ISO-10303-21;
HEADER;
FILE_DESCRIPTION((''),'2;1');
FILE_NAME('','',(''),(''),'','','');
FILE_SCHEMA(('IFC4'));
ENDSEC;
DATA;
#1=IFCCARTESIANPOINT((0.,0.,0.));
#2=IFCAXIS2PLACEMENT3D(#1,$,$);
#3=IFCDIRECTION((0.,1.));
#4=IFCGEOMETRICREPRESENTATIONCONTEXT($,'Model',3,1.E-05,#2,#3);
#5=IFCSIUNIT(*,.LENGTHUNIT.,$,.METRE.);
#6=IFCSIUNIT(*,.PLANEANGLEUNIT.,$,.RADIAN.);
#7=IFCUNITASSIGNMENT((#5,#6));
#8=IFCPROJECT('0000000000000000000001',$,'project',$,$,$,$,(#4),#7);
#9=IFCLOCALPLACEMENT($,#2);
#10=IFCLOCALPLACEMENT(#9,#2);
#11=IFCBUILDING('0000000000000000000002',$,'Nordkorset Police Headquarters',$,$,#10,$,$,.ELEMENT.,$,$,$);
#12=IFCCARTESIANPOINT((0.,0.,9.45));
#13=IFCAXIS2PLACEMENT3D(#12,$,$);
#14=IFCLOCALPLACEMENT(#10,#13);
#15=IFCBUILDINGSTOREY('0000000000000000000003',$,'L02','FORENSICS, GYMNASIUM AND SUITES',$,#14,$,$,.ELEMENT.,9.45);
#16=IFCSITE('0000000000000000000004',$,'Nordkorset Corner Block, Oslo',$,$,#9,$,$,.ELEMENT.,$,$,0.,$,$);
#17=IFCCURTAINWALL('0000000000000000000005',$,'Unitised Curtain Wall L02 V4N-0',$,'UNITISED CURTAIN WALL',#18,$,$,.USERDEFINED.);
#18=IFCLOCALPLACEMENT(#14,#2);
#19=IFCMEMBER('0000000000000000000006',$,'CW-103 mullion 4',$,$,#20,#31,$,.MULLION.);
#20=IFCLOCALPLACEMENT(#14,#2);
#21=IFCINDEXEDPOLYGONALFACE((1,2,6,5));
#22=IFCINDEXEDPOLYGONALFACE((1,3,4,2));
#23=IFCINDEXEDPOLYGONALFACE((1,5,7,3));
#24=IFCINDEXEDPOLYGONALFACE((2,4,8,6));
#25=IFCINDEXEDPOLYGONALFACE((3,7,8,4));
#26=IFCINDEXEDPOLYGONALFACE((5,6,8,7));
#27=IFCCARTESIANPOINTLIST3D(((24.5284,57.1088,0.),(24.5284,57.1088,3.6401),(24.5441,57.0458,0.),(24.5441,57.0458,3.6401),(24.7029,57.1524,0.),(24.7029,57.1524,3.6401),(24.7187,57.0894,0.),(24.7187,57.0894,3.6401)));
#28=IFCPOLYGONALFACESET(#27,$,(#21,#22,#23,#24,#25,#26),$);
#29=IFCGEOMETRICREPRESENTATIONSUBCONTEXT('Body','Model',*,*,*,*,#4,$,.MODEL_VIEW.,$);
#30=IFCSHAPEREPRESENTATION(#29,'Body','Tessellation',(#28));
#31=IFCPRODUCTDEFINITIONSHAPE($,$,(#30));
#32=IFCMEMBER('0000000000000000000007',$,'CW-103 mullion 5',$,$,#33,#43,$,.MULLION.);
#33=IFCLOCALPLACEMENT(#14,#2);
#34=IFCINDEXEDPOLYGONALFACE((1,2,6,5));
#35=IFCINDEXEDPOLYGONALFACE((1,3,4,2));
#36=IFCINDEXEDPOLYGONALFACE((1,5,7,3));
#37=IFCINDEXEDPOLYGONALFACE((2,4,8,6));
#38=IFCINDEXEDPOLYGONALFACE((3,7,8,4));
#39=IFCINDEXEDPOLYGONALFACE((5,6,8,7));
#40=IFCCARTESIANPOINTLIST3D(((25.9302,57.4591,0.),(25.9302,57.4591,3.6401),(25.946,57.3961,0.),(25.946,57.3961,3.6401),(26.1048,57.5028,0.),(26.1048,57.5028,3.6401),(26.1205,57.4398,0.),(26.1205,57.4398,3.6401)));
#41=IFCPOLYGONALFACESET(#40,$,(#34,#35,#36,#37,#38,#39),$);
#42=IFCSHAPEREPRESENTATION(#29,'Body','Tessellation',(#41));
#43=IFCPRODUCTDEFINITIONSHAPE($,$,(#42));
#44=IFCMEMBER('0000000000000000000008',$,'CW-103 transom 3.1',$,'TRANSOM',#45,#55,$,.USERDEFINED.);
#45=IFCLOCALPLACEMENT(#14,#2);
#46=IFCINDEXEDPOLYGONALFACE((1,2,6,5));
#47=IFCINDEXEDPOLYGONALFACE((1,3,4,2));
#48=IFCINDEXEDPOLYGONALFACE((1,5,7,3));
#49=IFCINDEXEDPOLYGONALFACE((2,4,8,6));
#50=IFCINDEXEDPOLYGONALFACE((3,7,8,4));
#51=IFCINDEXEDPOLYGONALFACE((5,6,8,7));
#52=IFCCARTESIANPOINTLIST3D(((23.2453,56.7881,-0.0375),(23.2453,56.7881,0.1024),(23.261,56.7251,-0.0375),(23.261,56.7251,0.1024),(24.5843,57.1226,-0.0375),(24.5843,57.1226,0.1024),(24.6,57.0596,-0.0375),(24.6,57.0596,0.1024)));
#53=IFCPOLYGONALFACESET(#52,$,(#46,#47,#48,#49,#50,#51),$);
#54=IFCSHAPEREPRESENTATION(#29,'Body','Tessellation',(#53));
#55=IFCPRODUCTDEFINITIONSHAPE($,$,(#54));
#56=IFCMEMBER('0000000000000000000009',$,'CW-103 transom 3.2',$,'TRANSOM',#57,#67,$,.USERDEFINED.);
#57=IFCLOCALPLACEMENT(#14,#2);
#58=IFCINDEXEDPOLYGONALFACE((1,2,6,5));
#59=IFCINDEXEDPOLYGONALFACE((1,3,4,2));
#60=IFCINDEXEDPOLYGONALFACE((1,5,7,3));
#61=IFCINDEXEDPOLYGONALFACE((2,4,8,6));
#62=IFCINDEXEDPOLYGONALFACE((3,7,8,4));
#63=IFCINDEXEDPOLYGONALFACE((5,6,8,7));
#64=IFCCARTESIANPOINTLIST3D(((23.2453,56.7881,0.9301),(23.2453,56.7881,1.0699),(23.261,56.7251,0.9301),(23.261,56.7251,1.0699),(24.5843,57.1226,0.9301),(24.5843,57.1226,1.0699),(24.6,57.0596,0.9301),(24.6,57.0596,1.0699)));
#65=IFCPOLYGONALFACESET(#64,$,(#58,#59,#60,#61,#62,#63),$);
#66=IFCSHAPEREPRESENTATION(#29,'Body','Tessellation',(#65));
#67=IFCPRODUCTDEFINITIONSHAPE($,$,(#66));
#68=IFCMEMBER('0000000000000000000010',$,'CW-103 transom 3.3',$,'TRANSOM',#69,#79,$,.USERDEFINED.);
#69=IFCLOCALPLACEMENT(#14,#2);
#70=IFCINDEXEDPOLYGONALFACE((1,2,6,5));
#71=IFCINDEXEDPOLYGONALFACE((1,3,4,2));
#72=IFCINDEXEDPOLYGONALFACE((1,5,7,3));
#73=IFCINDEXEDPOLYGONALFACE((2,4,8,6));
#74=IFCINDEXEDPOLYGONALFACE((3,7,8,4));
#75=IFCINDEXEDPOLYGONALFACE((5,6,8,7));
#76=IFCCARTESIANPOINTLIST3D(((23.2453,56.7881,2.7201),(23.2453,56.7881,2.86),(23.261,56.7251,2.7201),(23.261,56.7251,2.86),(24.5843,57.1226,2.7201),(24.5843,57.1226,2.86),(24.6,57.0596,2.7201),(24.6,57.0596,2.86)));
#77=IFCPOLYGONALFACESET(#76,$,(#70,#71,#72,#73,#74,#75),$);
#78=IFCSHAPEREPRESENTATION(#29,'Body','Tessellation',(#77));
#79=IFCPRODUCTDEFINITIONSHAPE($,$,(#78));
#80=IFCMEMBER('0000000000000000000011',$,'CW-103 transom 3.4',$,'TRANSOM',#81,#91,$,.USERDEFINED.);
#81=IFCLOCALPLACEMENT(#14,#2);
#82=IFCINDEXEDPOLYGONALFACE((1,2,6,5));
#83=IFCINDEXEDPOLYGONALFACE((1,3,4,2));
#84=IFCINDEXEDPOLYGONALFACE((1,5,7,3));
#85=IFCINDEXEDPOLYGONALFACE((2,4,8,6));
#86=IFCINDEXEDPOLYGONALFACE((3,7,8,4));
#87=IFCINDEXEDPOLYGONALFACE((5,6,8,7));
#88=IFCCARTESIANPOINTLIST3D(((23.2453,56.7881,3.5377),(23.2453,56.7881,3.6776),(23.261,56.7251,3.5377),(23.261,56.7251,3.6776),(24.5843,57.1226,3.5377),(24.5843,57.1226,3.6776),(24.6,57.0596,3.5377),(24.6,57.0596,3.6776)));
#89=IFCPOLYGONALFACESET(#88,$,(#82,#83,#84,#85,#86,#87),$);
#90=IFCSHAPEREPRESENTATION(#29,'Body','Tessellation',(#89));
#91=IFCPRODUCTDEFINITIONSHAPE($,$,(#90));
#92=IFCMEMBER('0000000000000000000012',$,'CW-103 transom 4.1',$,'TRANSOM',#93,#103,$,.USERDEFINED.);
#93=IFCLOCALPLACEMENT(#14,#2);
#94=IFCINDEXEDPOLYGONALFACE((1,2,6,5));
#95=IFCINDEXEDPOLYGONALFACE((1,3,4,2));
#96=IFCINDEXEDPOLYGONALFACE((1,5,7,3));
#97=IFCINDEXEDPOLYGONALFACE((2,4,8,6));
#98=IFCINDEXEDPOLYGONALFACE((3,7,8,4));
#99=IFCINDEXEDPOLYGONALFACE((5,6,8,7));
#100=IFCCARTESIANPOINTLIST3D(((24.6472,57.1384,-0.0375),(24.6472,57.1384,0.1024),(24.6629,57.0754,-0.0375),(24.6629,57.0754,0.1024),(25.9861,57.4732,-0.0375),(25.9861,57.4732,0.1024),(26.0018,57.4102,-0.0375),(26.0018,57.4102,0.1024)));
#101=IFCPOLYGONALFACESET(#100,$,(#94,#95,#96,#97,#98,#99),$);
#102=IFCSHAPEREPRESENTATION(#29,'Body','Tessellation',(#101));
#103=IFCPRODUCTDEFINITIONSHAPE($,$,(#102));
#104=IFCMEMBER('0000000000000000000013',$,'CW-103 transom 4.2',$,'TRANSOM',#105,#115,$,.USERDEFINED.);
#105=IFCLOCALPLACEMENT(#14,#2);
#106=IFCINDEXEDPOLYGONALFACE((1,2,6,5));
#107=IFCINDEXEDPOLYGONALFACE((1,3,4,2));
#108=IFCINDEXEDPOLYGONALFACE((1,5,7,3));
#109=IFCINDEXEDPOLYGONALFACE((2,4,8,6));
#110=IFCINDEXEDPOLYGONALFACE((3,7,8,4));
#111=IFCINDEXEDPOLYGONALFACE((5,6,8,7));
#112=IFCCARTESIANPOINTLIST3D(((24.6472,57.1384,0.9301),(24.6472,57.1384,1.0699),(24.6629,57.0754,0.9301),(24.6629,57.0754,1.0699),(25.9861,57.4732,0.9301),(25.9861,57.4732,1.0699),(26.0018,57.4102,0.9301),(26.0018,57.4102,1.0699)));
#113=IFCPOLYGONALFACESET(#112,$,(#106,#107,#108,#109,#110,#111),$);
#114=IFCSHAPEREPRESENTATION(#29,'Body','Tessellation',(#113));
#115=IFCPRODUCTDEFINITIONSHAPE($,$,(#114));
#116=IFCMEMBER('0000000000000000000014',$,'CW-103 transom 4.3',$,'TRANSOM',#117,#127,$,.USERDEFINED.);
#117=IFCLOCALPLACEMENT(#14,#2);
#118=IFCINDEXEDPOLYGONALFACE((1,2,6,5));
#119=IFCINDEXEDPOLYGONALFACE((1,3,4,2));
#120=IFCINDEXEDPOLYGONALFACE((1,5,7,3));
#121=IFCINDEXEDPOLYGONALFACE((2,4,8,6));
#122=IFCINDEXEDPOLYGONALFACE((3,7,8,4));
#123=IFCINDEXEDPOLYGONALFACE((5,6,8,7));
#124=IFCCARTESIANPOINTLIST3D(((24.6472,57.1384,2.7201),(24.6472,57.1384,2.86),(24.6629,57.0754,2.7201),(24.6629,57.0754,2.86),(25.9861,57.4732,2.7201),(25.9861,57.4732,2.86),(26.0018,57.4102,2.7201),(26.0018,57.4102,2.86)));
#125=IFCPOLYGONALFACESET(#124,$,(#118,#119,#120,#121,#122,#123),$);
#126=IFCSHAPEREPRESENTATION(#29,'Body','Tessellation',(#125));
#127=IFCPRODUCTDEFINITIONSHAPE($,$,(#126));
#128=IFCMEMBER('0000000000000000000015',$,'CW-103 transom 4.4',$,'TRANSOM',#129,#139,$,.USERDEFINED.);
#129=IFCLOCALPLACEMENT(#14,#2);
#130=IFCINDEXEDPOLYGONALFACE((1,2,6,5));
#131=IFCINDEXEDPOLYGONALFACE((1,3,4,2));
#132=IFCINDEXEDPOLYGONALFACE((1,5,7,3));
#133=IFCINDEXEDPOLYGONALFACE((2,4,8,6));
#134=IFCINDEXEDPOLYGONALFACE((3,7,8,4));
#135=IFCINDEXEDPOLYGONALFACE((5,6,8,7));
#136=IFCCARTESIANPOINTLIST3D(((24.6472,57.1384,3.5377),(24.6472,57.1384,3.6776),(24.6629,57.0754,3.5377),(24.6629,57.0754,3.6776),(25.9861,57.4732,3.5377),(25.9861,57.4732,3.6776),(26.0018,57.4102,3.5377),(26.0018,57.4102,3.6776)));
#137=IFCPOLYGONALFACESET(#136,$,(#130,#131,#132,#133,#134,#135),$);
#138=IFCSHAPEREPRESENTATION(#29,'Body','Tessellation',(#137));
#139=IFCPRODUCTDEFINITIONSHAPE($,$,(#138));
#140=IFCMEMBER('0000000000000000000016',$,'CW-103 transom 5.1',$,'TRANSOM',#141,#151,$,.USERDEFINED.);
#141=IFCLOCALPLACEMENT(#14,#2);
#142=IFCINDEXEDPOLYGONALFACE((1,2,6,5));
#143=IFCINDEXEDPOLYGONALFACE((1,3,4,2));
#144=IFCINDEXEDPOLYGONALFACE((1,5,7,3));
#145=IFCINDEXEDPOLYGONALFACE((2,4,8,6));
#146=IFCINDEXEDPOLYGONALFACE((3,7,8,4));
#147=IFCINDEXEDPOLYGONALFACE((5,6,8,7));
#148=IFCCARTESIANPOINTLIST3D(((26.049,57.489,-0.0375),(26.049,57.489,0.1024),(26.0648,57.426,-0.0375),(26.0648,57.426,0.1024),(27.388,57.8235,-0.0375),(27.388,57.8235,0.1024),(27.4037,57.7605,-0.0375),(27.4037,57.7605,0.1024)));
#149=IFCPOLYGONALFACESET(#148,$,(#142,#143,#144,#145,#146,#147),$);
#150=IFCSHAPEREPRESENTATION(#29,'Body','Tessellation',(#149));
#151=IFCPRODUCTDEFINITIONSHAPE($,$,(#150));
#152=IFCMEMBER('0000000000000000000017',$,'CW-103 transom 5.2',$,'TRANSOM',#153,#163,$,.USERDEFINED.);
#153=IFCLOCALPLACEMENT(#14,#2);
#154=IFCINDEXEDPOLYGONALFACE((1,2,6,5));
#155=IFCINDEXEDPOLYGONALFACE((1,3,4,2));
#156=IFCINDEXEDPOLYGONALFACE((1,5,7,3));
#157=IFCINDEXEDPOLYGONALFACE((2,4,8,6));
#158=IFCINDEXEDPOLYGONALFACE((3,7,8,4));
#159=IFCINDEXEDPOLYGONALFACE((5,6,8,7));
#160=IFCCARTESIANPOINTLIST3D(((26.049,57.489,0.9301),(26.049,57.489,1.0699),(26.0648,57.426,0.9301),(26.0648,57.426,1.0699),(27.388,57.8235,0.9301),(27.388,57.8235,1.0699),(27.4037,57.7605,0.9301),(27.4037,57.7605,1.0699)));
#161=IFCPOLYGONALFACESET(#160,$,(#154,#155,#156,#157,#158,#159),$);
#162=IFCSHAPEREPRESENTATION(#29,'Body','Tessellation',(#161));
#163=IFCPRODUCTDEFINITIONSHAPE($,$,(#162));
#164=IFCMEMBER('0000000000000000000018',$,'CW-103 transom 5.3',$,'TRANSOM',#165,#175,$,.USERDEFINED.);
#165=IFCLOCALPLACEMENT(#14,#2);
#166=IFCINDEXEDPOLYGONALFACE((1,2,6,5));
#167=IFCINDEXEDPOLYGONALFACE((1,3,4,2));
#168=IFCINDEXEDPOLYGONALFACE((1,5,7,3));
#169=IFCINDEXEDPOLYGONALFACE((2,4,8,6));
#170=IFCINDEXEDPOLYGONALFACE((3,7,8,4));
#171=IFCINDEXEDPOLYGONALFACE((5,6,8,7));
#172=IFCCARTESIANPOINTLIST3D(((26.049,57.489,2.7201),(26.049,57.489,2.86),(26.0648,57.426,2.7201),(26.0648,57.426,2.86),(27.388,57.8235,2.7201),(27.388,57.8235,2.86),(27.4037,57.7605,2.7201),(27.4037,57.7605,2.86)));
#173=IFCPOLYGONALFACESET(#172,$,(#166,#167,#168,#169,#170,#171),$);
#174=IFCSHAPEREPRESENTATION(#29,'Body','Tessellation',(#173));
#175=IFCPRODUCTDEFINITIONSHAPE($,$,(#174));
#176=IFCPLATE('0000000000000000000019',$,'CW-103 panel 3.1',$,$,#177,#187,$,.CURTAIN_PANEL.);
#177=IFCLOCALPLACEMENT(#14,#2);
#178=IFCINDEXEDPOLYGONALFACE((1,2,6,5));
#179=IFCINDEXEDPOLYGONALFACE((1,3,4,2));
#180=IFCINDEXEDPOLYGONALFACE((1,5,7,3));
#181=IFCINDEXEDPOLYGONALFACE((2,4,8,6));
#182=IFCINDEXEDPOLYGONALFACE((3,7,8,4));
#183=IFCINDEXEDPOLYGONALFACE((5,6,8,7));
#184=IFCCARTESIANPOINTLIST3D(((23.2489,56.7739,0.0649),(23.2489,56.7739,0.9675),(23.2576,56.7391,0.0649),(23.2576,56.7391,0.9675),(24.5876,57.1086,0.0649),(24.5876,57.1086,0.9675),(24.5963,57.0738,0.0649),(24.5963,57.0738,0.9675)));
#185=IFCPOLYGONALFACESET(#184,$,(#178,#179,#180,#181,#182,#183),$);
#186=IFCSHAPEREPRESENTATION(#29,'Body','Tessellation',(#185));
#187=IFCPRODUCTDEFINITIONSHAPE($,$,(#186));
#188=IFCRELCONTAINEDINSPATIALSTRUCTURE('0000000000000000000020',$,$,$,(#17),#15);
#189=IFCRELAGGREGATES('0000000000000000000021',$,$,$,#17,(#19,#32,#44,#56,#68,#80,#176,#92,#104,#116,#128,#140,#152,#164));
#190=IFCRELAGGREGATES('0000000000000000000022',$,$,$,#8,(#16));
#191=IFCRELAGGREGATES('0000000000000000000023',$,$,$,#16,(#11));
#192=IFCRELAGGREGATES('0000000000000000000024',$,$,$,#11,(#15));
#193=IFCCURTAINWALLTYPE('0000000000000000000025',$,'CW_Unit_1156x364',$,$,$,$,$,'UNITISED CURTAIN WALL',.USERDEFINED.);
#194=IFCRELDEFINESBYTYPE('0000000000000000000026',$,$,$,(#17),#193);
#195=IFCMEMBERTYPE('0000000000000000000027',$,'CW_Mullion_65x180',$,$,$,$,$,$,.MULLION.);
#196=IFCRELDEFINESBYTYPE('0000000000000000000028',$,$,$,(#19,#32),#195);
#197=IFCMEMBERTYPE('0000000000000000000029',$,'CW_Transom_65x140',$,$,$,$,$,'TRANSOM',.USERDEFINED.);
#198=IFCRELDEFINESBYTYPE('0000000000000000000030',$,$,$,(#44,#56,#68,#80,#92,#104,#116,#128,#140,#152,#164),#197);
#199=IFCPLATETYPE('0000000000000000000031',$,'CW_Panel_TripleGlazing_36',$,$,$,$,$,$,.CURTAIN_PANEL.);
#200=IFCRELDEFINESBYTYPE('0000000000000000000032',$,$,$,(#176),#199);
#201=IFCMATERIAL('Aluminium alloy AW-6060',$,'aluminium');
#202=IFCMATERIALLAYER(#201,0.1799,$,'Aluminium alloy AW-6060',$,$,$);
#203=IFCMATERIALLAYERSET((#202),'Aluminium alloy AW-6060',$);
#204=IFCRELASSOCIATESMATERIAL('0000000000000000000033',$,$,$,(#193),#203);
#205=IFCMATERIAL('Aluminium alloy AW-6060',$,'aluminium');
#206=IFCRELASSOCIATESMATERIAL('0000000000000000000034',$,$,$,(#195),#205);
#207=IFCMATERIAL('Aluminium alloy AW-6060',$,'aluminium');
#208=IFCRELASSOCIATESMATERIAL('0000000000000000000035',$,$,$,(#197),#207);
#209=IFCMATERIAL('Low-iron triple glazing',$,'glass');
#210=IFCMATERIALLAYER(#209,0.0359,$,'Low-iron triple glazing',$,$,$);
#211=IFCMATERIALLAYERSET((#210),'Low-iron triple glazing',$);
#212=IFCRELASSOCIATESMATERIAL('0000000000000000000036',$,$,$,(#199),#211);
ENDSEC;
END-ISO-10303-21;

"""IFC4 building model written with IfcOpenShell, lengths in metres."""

from ifc_helpers import new_model, si_unit, direction, frame, origin, origin_2d, place, context, subcontext, project, spatial, rectangle, extrude, material, layer, layer_set, material_profile, profile_set, type_object, element, aggregate, save


model = new_model("IFC4")

# Units and contexts
model_context = context("Model", 3, precision=1e-05, world=origin(), true_north=direction((0.0, 1.0)))
body_context = subcontext(model_context, "Body", "Model", "MODEL_VIEW")
ifc_project = project(units=[si_unit("LENGTHUNIT", "METRE"), si_unit("PLANEANGLEUNIT", "RADIAN")], contexts=[model_context])

# Site, building, storey
site_placement = place(None, origin())
site = spatial("IfcSite", under=ifc_project, at=site_placement, Name="Nordkorset Corner Block, Oslo", CompositionType="ELEMENT", RefElevation=0.0)
building_placement = place(site_placement, origin())
building = spatial("IfcBuilding", under=site, at=building_placement, Name="Nordkorset Police Headquarters", CompositionType="ELEMENT")
storey_placement = place(building_placement, frame((0.0, 0.0, 9.45)))
storey = spatial("IfcBuildingStorey", under=building, at=storey_placement, Name="L02", Description="FORENSICS, GYMNASIUM AND SUITES", CompositionType="ELEMENT", Elevation=9.45)

# Curtain wall, members, plate
ifc_material_1 = material(Name="Aluminium alloy AW-6060", Category="aluminium")
ifc_layer_1 = layer(ifc_material_1, 0.1799, Name="Aluminium alloy AW-6060")
ifc_layer_set_1 = layer_set([ifc_layer_1], Name="Aluminium alloy AW-6060")
curtain_wall_type = type_object("IfcCurtainWallType", Name="CW_Unit_1156x364", ElementType="UNITISED CURTAIN WALL", PredefinedType="USERDEFINED", material=ifc_layer_set_1)
curtain_wall_placement = place(storey_placement, origin())
curtain_wall = element("IfcCurtainWall", 1, at=curtain_wall_placement, inside=storey, type_object=curtain_wall_type, Name="Unitised Curtain Wall L02 V4N-0", ObjectType="UNITISED CURTAIN WALL", PredefinedType="USERDEFINED")
ifc_material_2 = material(Name="Aluminium alloy AW-6060", Category="aluminium")
ifc_material_profile_1 = material_profile(ifc_material_2, rectangle(XDim=0.0649, YDim=0.1799, at=origin_2d()), Name="ALU MULL 65x180")
ifc_profile_set_1 = profile_set([ifc_material_profile_1], Name="Aluminium alloy AW-6060")
member_type_1 = type_object("IfcMemberType", Name="CW_Mullion_65x180", PredefinedType="MULLION", material=ifc_profile_set_1)
member_1_placement = place(storey_placement, frame((24.6235, 57.0991, 0.0), z_axis=(0.0, 0.0, 1.0), x_axis=(-0.242536, 0.970142, 0.0)))
member_1 = element("IfcMember", 2, at=member_1_placement, type_object=member_type_1, Name="CW-103 mullion 4", PredefinedType="MULLION", context=body_context, shape_type="SweptSolid", body=[
    extrude(rectangle(XDim=0.0649, YDim=0.1799, at=origin_2d()), origin(), (0.0, 0.0, 1.0), 3.6401),
])
member_2_placement = place(storey_placement, frame((26.0254, 57.4495, 0.0), z_axis=(0.0, 0.0, 1.0), x_axis=(-0.242536, 0.970142, 0.0)))
member_2 = element("IfcMember", 3, at=member_2_placement, type_object=member_type_1, Name="CW-103 mullion 5", PredefinedType="MULLION", context=body_context, shape_type="SweptSolid", body=[
    extrude(rectangle(XDim=0.0649, YDim=0.1799, at=origin_2d()), origin(), (0.0, 0.0, 1.0), 3.6401),
])
ifc_material_3 = material(Name="Aluminium alloy AW-6060", Category="aluminium")
ifc_material_profile_2 = material_profile(ifc_material_3, rectangle(XDim=0.0649, YDim=0.1399, at=origin_2d()), Name="ALU TRAN 65x140")
ifc_profile_set_2 = profile_set([ifc_material_profile_2], Name="Aluminium alloy AW-6060")
member_type_2 = type_object("IfcMemberType", Name="CW_Transom_65x140", ElementType="TRANSOM", PredefinedType="USERDEFINED", material=ifc_profile_set_2)
member_3_placement = place(storey_placement, frame((23.2532, 56.7566, 0.0325), z_axis=(0.970184, 0.242369, 0.0), x_axis=(-0.242369, 0.970184, 0.0)))
member_3 = element("IfcMember", 4, at=member_3_placement, type_object=member_type_2, Name="CW-103 transom 3.1", ObjectType="TRANSOM", PredefinedType="USERDEFINED", context=body_context, shape_type="SweptSolid", body=[
    extrude(rectangle(XDim=0.0649, YDim=0.1399, at=origin_2d()), origin(), (0.0, 0.0, 1.0), 1.3801),
])
member_4_placement = place(storey_placement, frame((23.2532, 56.7566, 1.0), z_axis=(0.970184, 0.242369, 0.0), x_axis=(-0.242369, 0.970184, 0.0)))
member_4 = element("IfcMember", 5, at=member_4_placement, type_object=member_type_2, Name="CW-103 transom 3.2", ObjectType="TRANSOM", PredefinedType="USERDEFINED", context=body_context, shape_type="SweptSolid", body=[
    extrude(rectangle(XDim=0.0649, YDim=0.1399, at=origin_2d()), origin(), (0.0, 0.0, 1.0), 1.3801),
])
member_5_placement = place(storey_placement, frame((23.2532, 56.7566, 2.79), z_axis=(0.970184, 0.242369, 0.0), x_axis=(-0.242369, 0.970184, 0.0)))
member_5 = element("IfcMember", 6, at=member_5_placement, type_object=member_type_2, Name="CW-103 transom 3.3", ObjectType="TRANSOM", PredefinedType="USERDEFINED", context=body_context, shape_type="SweptSolid", body=[
    extrude(rectangle(XDim=0.0649, YDim=0.1399, at=origin_2d()), origin(), (0.0, 0.0, 1.0), 1.3801),
])
member_6_placement = place(storey_placement, frame((23.2532, 56.7566, 3.6077), z_axis=(0.970184, 0.242369, 0.0), x_axis=(-0.242369, 0.970184, 0.0)))
member_6 = element("IfcMember", 7, at=member_6_placement, type_object=member_type_2, Name="CW-103 transom 3.4", ObjectType="TRANSOM", PredefinedType="USERDEFINED", context=body_context, shape_type="SweptSolid", body=[
    extrude(rectangle(XDim=0.0649, YDim=0.1399, at=origin_2d()), origin(), (0.0, 0.0, 1.0), 1.3801),
])
member_7_placement = place(storey_placement, frame((24.655, 57.1069, 0.0325), z_axis=(0.970143, 0.242536, 0.0), x_axis=(-0.242536, 0.970143, 0.0)))
member_7 = element("IfcMember", 8, at=member_7_placement, type_object=member_type_2, Name="CW-103 transom 4.1", ObjectType="TRANSOM", PredefinedType="USERDEFINED", context=body_context, shape_type="SweptSolid", body=[
    extrude(rectangle(XDim=0.0649, YDim=0.1399, at=origin_2d()), origin(), (0.0, 0.0, 1.0), 1.3801),
])
member_8_placement = place(storey_placement, frame((24.655, 57.1069, 1.0), z_axis=(0.970143, 0.242536, 0.0), x_axis=(-0.242536, 0.970143, 0.0)))
member_8 = element("IfcMember", 9, at=member_8_placement, type_object=member_type_2, Name="CW-103 transom 4.2", ObjectType="TRANSOM", PredefinedType="USERDEFINED", context=body_context, shape_type="SweptSolid", body=[
    extrude(rectangle(XDim=0.0649, YDim=0.1399, at=origin_2d()), origin(), (0.0, 0.0, 1.0), 1.3801),
])
member_9_placement = place(storey_placement, frame((24.655, 57.1069, 2.79), z_axis=(0.970143, 0.242536, 0.0), x_axis=(-0.242536, 0.970143, 0.0)))
member_9 = element("IfcMember", 10, at=member_9_placement, type_object=member_type_2, Name="CW-103 transom 4.3", ObjectType="TRANSOM", PredefinedType="USERDEFINED", context=body_context, shape_type="SweptSolid", body=[
    extrude(rectangle(XDim=0.0649, YDim=0.1399, at=origin_2d()), origin(), (0.0, 0.0, 1.0), 1.3801),
])
member_10_placement = place(storey_placement, frame((24.655, 57.1069, 3.6077), z_axis=(0.970143, 0.242536, 0.0), x_axis=(-0.242536, 0.970143, 0.0)))
member_10 = element("IfcMember", 11, at=member_10_placement, type_object=member_type_2, Name="CW-103 transom 4.4", ObjectType="TRANSOM", PredefinedType="USERDEFINED", context=body_context, shape_type="SweptSolid", body=[
    extrude(rectangle(XDim=0.0649, YDim=0.1399, at=origin_2d()), origin(), (0.0, 0.0, 1.0), 1.3801),
])
member_11_placement = place(storey_placement, frame((26.0569, 57.4575, 0.0325), z_axis=(0.970184, 0.242369, 0.0), x_axis=(-0.242369, 0.970184, 0.0)))
member_11 = element("IfcMember", 12, at=member_11_placement, type_object=member_type_2, Name="CW-103 transom 5.1", ObjectType="TRANSOM", PredefinedType="USERDEFINED", context=body_context, shape_type="SweptSolid", body=[
    extrude(rectangle(XDim=0.0649, YDim=0.1399, at=origin_2d()), origin(), (0.0, 0.0, 1.0), 1.3801),
])
member_12_placement = place(storey_placement, frame((26.0569, 57.4575, 1.0), z_axis=(0.970184, 0.242369, 0.0), x_axis=(-0.242369, 0.970184, 0.0)))
member_12 = element("IfcMember", 13, at=member_12_placement, type_object=member_type_2, Name="CW-103 transom 5.2", ObjectType="TRANSOM", PredefinedType="USERDEFINED", context=body_context, shape_type="SweptSolid", body=[
    extrude(rectangle(XDim=0.0649, YDim=0.1399, at=origin_2d()), origin(), (0.0, 0.0, 1.0), 1.3801),
])
member_13_placement = place(storey_placement, frame((26.0569, 57.4575, 2.79), z_axis=(0.970184, 0.242369, 0.0), x_axis=(-0.242369, 0.970184, 0.0)))
member_13 = element("IfcMember", 14, at=member_13_placement, type_object=member_type_2, Name="CW-103 transom 5.3", ObjectType="TRANSOM", PredefinedType="USERDEFINED", context=body_context, shape_type="SweptSolid", body=[
    extrude(rectangle(XDim=0.0649, YDim=0.1399, at=origin_2d()), origin(), (0.0, 0.0, 1.0), 1.3801),
])
ifc_material_4 = material(Name="Low-iron triple glazing", Category="glass")
ifc_layer_2 = layer(ifc_material_4, 0.0359, Name="Low-iron triple glazing")
ifc_layer_set_2 = layer_set([ifc_layer_2], Name="Low-iron triple glazing")
plate_type = type_object("IfcPlateType", Name="CW_Panel_TripleGlazing_36", PredefinedType="CURTAIN_PANEL", material=ifc_layer_set_2)
plate_1_placement = place(storey_placement, frame((23.9226, 56.9238, 0.0649), z_axis=(0.0, 0.0, 1.0), x_axis=(0.970142, 0.242536, 0.0)))
plate_1 = element("IfcPlate", 15, at=plate_1_placement, type_object=plate_type, Name="CW-103 panel 3.1", PredefinedType="CURTAIN_PANEL", context=body_context, shape_type="SweptSolid", body=[
    extrude(rectangle(XDim=1.3799, YDim=0.0359, at=origin_2d()), origin(), (0.0, 0.0, 1.0), 0.9026),
])
aggregate(curtain_wall, [member_1, member_2, member_3, member_4, member_5, member_6, plate_1, member_7, member_8, member_9, member_10, member_11, member_12, member_13])

save(model, "model.ifc")
